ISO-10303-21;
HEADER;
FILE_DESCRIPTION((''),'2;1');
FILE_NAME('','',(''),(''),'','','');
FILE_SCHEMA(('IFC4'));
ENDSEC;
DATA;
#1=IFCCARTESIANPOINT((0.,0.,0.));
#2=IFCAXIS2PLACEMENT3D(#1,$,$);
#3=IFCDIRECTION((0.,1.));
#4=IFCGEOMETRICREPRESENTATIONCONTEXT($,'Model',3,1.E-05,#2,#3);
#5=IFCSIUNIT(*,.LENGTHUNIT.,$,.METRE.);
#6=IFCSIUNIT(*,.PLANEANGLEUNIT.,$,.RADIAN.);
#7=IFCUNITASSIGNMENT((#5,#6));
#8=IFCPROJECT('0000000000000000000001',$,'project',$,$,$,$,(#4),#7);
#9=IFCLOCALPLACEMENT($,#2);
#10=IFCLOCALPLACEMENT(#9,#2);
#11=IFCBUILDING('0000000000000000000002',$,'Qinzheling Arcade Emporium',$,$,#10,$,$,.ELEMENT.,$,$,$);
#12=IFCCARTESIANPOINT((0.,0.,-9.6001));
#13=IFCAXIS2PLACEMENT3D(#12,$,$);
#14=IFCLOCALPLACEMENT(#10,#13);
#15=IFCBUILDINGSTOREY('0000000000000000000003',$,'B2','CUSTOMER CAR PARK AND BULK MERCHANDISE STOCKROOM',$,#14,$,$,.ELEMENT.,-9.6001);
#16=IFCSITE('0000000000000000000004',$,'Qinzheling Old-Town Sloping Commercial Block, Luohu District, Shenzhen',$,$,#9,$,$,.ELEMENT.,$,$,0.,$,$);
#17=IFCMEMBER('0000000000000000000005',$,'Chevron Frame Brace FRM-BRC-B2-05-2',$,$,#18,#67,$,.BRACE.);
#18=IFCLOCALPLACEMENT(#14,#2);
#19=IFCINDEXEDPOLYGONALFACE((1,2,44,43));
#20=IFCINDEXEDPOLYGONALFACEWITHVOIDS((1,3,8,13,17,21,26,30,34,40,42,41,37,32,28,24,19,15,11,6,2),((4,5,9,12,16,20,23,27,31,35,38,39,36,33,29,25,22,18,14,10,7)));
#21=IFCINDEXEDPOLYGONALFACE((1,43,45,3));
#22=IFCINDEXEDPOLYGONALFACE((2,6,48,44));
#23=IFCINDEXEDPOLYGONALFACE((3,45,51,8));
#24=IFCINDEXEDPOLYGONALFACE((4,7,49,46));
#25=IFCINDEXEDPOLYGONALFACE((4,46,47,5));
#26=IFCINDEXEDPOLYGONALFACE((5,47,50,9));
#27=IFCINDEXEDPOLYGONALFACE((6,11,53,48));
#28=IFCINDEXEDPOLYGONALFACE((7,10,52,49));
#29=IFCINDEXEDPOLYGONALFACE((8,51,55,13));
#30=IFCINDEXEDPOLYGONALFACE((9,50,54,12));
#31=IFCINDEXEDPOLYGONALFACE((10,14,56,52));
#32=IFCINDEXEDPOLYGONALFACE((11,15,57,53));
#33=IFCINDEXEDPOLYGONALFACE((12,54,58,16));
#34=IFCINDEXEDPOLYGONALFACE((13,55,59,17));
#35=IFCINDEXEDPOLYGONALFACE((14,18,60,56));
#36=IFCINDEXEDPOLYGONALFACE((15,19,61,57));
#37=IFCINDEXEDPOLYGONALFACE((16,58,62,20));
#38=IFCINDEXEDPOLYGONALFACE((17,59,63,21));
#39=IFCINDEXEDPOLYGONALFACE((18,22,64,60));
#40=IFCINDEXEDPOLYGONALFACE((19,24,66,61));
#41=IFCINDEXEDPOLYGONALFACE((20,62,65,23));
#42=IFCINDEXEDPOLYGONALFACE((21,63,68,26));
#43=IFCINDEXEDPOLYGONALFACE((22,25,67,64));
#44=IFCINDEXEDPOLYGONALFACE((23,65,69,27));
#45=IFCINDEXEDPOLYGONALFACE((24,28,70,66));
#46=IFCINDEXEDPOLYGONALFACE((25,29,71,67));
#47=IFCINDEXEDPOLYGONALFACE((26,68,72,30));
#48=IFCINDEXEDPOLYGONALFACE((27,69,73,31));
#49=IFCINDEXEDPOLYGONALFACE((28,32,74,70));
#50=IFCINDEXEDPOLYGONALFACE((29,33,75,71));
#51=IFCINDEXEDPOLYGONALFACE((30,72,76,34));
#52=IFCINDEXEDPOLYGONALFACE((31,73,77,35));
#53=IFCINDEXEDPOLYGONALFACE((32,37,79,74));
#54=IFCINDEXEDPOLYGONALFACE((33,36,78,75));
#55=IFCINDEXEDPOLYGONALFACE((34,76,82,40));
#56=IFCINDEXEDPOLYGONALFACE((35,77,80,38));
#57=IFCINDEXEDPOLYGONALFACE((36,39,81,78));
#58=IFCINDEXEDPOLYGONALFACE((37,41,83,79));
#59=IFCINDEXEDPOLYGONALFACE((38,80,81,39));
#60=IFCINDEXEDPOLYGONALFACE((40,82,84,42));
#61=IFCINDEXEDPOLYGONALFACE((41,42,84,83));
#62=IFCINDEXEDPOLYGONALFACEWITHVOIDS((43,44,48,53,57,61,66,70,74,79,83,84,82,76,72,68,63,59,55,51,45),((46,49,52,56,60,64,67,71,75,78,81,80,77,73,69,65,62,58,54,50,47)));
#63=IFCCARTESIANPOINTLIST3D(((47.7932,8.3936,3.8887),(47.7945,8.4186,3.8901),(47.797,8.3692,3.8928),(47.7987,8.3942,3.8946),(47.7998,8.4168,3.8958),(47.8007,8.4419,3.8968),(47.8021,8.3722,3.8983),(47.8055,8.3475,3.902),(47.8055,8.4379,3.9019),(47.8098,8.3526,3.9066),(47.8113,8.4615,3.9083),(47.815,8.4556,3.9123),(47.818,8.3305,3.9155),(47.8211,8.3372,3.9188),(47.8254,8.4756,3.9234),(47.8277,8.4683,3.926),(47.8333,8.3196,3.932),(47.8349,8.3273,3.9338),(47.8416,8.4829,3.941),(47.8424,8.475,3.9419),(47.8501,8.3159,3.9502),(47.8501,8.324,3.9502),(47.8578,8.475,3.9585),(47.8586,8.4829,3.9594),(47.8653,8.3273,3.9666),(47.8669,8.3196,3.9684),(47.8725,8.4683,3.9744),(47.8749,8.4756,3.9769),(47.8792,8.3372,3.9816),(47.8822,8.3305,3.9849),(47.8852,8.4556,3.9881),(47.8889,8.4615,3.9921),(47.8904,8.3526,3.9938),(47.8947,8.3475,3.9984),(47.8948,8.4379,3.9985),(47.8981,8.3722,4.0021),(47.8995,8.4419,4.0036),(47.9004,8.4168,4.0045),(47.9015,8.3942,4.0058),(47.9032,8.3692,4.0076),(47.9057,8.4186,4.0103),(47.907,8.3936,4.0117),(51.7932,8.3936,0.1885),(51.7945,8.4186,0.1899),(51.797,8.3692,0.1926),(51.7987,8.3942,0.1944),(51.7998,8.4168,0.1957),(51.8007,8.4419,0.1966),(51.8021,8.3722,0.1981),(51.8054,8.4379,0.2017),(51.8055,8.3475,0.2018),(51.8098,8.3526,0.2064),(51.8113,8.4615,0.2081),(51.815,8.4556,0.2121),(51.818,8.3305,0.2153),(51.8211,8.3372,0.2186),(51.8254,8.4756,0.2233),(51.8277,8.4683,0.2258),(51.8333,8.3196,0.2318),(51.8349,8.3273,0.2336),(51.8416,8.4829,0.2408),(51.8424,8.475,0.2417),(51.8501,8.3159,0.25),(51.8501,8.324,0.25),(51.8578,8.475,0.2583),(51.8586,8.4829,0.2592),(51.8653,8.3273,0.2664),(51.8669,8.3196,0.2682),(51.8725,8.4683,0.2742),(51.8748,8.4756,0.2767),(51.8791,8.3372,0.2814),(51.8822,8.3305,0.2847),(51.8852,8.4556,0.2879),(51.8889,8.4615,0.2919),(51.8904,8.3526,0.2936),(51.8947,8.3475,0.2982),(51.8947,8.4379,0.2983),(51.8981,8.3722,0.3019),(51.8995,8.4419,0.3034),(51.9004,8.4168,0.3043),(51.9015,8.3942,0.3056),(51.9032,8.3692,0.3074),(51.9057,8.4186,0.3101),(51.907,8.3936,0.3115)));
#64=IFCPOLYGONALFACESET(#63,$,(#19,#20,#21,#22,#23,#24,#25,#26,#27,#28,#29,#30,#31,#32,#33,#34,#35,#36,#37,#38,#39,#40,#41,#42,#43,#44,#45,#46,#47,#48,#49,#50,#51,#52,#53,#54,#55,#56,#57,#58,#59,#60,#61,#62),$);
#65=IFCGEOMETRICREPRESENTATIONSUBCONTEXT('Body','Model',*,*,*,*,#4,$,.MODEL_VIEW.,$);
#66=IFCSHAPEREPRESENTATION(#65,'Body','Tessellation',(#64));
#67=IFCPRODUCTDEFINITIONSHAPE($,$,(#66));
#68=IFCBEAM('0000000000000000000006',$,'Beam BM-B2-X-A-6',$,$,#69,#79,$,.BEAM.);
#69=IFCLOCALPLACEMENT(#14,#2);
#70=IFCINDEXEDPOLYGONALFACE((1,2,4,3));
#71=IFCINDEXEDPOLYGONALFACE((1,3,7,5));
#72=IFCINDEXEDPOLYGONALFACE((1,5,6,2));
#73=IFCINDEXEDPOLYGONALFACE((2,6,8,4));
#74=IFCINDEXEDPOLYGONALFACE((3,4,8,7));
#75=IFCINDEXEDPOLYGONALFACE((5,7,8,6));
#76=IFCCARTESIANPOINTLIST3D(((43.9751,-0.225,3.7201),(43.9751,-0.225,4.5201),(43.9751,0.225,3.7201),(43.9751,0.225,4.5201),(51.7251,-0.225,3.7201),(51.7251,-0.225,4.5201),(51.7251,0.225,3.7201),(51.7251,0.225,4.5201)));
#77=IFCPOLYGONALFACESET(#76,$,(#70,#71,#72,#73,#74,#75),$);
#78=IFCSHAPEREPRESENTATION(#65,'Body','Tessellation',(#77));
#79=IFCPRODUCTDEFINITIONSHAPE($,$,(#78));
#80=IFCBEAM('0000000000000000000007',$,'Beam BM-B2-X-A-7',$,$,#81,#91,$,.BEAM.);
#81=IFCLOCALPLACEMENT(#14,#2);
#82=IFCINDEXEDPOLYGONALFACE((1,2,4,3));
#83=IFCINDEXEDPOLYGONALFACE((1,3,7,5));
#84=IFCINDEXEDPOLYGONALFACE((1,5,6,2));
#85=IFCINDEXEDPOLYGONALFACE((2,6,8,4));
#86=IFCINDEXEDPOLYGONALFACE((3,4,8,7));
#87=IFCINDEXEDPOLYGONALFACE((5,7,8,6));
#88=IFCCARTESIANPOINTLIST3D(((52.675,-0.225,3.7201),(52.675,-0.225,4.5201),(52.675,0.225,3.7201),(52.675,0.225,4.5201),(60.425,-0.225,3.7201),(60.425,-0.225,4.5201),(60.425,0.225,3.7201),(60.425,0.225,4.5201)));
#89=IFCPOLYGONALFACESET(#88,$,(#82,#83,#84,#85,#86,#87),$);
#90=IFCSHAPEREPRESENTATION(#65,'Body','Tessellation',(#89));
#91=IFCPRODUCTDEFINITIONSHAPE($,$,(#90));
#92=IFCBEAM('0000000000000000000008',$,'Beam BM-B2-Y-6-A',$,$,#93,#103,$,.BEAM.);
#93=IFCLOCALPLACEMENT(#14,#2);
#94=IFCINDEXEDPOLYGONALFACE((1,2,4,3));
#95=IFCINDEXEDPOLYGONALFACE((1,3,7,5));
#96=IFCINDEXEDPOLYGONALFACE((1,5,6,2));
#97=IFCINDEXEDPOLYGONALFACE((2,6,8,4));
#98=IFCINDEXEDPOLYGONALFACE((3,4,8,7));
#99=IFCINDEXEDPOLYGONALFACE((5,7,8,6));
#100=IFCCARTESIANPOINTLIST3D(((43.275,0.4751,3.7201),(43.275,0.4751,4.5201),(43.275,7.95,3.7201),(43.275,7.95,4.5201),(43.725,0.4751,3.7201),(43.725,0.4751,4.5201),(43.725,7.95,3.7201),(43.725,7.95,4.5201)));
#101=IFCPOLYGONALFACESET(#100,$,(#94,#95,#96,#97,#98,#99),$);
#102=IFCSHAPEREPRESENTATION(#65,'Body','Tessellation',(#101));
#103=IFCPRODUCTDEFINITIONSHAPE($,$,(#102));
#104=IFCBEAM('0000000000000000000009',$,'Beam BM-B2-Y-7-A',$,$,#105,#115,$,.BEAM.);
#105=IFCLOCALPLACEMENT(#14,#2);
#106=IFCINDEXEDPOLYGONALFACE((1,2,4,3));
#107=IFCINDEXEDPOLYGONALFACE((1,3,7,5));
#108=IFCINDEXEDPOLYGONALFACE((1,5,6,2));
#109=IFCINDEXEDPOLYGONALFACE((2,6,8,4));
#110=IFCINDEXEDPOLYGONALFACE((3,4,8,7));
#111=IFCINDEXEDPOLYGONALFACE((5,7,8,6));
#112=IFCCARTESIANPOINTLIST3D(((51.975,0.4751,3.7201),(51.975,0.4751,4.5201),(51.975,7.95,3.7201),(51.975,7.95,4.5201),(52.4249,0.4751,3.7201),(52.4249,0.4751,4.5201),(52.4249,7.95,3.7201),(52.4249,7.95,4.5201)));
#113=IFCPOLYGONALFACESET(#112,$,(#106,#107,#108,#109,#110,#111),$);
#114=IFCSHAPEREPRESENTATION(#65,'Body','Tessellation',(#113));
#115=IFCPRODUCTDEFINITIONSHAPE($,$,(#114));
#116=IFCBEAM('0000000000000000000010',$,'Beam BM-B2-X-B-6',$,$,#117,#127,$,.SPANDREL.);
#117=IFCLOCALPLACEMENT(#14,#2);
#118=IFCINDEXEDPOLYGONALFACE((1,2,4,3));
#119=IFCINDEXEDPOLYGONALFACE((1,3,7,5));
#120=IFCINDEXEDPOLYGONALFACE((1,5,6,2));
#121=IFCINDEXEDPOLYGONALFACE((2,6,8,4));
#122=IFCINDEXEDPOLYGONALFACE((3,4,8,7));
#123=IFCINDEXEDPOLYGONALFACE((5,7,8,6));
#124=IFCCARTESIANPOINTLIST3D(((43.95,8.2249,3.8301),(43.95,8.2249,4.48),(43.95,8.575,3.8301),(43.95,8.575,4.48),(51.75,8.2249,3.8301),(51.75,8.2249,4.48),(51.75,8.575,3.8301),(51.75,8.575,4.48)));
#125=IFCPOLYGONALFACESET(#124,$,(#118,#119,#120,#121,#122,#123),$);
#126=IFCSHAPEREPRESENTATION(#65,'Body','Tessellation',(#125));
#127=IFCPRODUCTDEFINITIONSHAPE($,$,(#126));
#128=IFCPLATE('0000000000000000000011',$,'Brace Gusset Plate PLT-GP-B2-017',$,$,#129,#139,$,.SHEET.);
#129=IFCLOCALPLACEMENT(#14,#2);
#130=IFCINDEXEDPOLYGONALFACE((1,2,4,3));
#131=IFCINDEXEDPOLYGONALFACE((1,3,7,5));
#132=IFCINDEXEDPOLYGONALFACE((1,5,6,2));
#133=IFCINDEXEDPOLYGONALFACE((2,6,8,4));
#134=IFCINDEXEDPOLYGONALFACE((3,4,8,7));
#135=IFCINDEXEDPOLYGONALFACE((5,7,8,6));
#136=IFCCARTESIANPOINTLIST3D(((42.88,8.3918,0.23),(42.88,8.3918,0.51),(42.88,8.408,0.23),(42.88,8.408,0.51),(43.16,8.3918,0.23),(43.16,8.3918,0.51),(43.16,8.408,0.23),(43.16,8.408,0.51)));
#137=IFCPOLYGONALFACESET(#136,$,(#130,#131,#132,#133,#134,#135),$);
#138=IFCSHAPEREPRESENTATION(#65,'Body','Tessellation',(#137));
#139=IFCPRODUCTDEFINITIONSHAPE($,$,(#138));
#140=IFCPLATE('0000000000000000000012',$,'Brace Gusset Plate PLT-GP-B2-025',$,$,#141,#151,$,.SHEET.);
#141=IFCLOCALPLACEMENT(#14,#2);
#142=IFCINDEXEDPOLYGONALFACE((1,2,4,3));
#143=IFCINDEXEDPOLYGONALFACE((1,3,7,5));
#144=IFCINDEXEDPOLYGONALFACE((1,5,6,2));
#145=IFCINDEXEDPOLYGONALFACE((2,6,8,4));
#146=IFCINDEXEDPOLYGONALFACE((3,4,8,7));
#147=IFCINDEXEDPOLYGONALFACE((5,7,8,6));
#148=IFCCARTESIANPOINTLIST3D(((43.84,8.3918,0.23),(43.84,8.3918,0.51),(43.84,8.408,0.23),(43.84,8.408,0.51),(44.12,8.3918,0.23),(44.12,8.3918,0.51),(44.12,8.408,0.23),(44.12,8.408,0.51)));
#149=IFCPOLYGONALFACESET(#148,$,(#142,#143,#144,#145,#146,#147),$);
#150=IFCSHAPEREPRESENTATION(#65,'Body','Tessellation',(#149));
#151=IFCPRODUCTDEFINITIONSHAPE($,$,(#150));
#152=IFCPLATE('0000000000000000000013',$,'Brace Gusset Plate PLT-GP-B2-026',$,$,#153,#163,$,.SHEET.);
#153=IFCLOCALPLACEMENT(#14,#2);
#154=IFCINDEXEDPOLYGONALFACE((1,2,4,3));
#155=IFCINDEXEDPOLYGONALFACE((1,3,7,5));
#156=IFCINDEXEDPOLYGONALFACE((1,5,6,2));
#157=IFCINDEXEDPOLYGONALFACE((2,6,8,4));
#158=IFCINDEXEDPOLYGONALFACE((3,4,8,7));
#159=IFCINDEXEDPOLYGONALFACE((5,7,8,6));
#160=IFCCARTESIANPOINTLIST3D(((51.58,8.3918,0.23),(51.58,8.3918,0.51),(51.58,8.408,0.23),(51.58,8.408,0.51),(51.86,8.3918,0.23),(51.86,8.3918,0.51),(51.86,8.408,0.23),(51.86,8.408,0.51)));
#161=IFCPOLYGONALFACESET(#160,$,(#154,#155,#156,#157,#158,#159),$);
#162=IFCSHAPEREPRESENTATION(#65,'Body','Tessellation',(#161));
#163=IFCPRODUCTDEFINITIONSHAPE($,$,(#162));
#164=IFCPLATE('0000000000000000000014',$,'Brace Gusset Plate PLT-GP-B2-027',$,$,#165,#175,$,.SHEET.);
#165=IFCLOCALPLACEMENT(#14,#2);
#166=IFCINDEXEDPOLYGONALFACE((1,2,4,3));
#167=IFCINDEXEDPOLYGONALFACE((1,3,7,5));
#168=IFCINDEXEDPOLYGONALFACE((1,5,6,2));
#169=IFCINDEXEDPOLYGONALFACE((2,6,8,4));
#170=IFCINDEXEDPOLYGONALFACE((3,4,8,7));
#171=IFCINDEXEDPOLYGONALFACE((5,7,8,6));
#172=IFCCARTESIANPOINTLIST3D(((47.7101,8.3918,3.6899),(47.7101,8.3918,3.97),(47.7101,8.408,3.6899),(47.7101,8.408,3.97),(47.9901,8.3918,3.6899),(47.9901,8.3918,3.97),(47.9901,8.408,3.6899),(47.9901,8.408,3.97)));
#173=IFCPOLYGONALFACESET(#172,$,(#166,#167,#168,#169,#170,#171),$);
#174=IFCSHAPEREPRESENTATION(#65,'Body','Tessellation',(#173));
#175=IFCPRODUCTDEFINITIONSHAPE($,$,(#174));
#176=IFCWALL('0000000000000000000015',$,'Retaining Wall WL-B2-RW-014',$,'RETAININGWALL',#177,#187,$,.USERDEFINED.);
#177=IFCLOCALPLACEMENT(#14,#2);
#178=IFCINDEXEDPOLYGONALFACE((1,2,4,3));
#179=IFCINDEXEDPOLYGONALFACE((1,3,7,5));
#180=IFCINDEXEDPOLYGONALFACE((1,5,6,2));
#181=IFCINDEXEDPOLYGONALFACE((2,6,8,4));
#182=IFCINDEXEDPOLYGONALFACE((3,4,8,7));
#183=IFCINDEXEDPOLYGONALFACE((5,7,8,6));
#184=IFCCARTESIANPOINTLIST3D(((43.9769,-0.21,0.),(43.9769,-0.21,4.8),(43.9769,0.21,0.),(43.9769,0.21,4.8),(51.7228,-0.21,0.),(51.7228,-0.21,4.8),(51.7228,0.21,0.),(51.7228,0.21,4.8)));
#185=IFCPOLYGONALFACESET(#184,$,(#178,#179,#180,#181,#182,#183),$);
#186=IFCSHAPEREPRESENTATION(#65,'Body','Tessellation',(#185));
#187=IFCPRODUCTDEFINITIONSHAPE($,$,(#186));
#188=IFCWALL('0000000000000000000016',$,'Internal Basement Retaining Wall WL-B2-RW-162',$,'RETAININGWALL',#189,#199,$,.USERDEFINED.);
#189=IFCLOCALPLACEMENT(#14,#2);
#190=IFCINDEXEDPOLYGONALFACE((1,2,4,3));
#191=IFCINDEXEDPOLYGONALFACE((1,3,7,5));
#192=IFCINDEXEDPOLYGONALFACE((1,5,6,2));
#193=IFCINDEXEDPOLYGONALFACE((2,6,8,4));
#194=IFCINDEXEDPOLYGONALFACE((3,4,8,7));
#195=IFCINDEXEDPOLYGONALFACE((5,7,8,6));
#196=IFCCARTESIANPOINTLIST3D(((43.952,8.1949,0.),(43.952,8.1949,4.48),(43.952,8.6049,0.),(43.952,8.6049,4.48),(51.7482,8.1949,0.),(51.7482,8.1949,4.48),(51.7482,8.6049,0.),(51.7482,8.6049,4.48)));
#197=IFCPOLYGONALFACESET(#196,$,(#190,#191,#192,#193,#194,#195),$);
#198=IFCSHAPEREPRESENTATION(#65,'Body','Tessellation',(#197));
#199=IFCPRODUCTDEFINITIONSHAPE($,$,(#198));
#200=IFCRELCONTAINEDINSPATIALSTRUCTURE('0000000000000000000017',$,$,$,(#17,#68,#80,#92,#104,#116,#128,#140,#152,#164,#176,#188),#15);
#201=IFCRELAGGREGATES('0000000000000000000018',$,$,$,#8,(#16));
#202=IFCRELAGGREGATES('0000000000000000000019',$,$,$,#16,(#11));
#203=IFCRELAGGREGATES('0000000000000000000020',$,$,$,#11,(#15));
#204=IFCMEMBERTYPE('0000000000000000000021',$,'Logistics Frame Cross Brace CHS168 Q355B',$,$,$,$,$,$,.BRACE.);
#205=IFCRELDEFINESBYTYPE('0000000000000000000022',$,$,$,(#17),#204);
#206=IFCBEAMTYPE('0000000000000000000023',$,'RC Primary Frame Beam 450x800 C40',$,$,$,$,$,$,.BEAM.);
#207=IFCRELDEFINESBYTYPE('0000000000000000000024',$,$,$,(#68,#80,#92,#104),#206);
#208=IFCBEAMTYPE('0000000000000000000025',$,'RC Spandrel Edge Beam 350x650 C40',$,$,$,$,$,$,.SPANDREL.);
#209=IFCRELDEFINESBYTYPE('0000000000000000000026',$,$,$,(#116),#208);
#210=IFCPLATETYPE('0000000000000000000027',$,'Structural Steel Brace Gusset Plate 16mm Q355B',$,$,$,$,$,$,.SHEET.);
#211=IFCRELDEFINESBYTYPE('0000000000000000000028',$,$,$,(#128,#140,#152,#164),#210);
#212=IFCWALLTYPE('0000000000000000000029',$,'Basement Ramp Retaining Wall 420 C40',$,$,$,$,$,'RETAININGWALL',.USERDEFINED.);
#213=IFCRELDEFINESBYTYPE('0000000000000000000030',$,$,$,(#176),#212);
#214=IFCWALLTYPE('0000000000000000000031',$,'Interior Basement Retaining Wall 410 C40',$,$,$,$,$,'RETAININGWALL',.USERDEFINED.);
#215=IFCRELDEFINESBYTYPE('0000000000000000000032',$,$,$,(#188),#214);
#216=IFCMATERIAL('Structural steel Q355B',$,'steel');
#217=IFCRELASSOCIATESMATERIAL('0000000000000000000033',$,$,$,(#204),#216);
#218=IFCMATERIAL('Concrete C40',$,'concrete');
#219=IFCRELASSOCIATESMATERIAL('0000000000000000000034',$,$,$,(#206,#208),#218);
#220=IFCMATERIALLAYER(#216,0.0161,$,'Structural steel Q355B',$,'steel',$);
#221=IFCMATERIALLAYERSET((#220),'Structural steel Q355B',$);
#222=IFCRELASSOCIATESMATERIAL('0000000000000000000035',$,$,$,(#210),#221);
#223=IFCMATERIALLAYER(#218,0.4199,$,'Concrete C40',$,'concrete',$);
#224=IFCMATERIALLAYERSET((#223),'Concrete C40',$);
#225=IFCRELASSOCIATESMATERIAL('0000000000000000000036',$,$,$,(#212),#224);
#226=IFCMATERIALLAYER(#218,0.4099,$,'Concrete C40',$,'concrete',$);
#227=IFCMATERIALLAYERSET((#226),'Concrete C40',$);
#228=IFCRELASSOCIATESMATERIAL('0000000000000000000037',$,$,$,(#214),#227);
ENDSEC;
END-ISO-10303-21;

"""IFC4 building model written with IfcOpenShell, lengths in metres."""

from ifc_helpers import new_model, si_unit, direction, frame, frame_2d, origin, origin_2d, place, context, subcontext, project, spatial, rectangle, hollow_circle, extrude, material, layer, layer_set, material_profile, profile_set, type_object, element, save


model = new_model("IFC4")

# Units and contexts
model_context = context("Model", 3, precision=1e-05, world=origin(), true_north=direction((0.0, 1.0)))
body_context = subcontext(model_context, "Body", "Model", "MODEL_VIEW")
ifc_project = project(units=[si_unit("LENGTHUNIT", "METRE"), si_unit("PLANEANGLEUNIT", "RADIAN")], contexts=[model_context])

# Site, building, storey
site_placement = place(None, origin())
site = spatial("IfcSite", under=ifc_project, at=site_placement, Name="Qinzheling Old-Town Sloping Commercial Block, Luohu District, Shenzhen", CompositionType="ELEMENT", RefElevation=0.0)
building_placement = place(site_placement, origin())
building = spatial("IfcBuilding", under=site, at=building_placement, Name="Qinzheling Arcade Emporium", CompositionType="ELEMENT")
storey_placement = place(building_placement, frame((0.0, 0.0, -9.6001)))
storey = spatial("IfcBuildingStorey", under=building, at=storey_placement, Name="B2", Description="CUSTOMER CAR PARK AND BULK MERCHANDISE STOCKROOM", CompositionType="ELEMENT", Elevation=-9.6001)

# Shared definitions
ifc_material_1 = material(Name="Concrete C40", Category="concrete")

# Member
ifc_material_2 = material(Name="Structural steel Q355B", Category="steel")
ifc_material_profile_1 = material_profile(ifc_material_2, hollow_circle(Radius=0.084, WallThickness=0.0081, at=origin_2d()), Name="CHS 168x8", Category="steel")
ifc_profile_set_1 = profile_set([ifc_material_profile_1], Name="Structural steel Q355B")
member_type_1 = type_object("IfcMemberType", Name="Logistics Frame Cross Brace CHS168 Q355B", PredefinedType="BRACE", material=ifc_profile_set_1)
for number, where, z_axis, x_axis, name in (
    (1, (51.8501, 8.3999, 0.25), (-0.734082, 0.0, 0.679061), (0.0, -1.0, 0.0), "Chevron Frame Brace FRM-BRC-B2-05-2"),
):
    element("IfcMember", number, at=place(storey_placement, frame(where, z_axis=z_axis, x_axis=x_axis)), inside=storey, type_object=member_type_1, Name=name, PredefinedType="BRACE", context=body_context, shape_type="SweptSolid", body=[
        extrude(hollow_circle(Radius=0.084, WallThickness=0.0081, at=origin_2d()), origin(), (0.0, 0.0, 1.0), 5.449),
    ])

# Beams
ifc_material_profile_2 = material_profile(ifc_material_1, rectangle(XDim=0.45, YDim=0.8, at=origin_2d()), Name="RC 450x800", Category="concrete")
ifc_profile_set_2 = profile_set([ifc_material_profile_2], Name="Concrete C40")
beam_type_1 = type_object("IfcBeamType", Name="RC Primary Frame Beam 450x800 C40", PredefinedType="BEAM", material=ifc_profile_set_2)
for number, where, z_axis, x_axis, name in (
    (2, (43.9751, 0.0, 4.1201), (1.0, 0.0, 0.0), (0.0, 1.0, 0.0), "Beam BM-B2-X-A-6"),
    (3, (52.675, 0.0, 4.1201), (1.0, 0.0, 0.0), (0.0, 1.0, 0.0), "Beam BM-B2-X-A-7"),
):
    element("IfcBeam", number, at=place(storey_placement, frame(where, z_axis=z_axis, x_axis=x_axis)), inside=storey, type_object=beam_type_1, Name=name, PredefinedType="BEAM", context=body_context, shape_type="SweptSolid", body=[
        extrude(rectangle(XDim=0.45, YDim=0.8, at=origin_2d()), origin(), (0.0, 0.0, 1.0), 7.75),
    ])
for number, where, z_axis, x_axis, name in (
    (4, (43.5, 0.4751, 4.1201), (0.0, 1.0, 0.0), (-1.0, 0.0, 0.0), "Beam BM-B2-Y-6-A"),
    (5, (52.2, 0.4751, 4.1201), (0.0, 1.0, 0.0), (-1.0, 0.0, 0.0), "Beam BM-B2-Y-7-A"),
):
    element("IfcBeam", number, at=place(storey_placement, frame(where, z_axis=z_axis, x_axis=x_axis)), inside=storey, type_object=beam_type_1, Name=name, PredefinedType="BEAM", context=body_context, shape_type="SweptSolid", body=[
        extrude(rectangle(XDim=0.45, YDim=0.8, at=origin_2d()), origin(), (0.0, 0.0, 1.0), 7.4749),
    ])
ifc_material_profile_3 = material_profile(ifc_material_1, rectangle(XDim=0.3501, YDim=0.6499, at=origin_2d()), Name="RC 350x650", Category="concrete")
ifc_profile_set_3 = profile_set([ifc_material_profile_3], Name="Concrete C40")
beam_type_2 = type_object("IfcBeamType", Name="RC Spandrel Edge Beam 350x650 C40", PredefinedType="SPANDREL", material=ifc_profile_set_3)
beam_placement = place(storey_placement, frame((43.95, 8.3999, 4.155), z_axis=(1.0, 0.0, 0.0), x_axis=(0.0, 1.0, 0.0)))
element("IfcBeam", 6, at=beam_placement, inside=storey, type_object=beam_type_2, Name="Beam BM-B2-X-B-6", PredefinedType="SPANDREL", context=body_context, shape_type="SweptSolid", body=[
    extrude(rectangle(XDim=0.3501, YDim=0.6499, at=origin_2d()), origin(), (0.0, 0.0, 1.0), 7.8),
])

# Plates
ifc_layer_1 = layer(ifc_material_2, 0.0161, Name="Structural steel Q355B", Category="steel")
ifc_layer_set_1 = layer_set([ifc_layer_1], Name="Structural steel Q355B")
plate_type = type_object("IfcPlateType", Name="Structural Steel Brace Gusset Plate 16mm Q355B", PredefinedType="SHEET", material=ifc_layer_set_1)
for number, where, z_axis, x_axis, name in (
    (7, (43.02, 8.3999, 0.23), (0.0, 0.0, 1.0), (1.0, 0.0, 0.0), "Brace Gusset Plate PLT-GP-B2-017"),
    (8, (43.98, 8.3999, 0.23), (0.0, 0.0, 1.0), (1.0, 0.0, 0.0), "Brace Gusset Plate PLT-GP-B2-025"),
    (9, (51.72, 8.3999, 0.23), (0.0, 0.0, 1.0), (1.0, 0.0, 0.0), "Brace Gusset Plate PLT-GP-B2-026"),
    (10, (47.8501, 8.3999, 3.6899), (0.0, 0.0, 1.0), (1.0, 0.0, 0.0), "Brace Gusset Plate PLT-GP-B2-027"),
):
    element("IfcPlate", number, at=place(storey_placement, frame(where, z_axis=z_axis, x_axis=x_axis)), inside=storey, type_object=plate_type, Name=name, PredefinedType="SHEET", context=body_context, shape_type="SweptSolid", body=[
        extrude(rectangle(XDim=0.28, YDim=0.0161, at=origin_2d()), origin(), (0.0, 0.0, 1.0), 0.28),
    ])

# Walls
ifc_layer_2 = layer(ifc_material_1, 0.4199, Name="Concrete C40", Category="concrete")
ifc_layer_set_2 = layer_set([ifc_layer_2], Name="Concrete C40")
wall_type_1 = type_object("IfcWallType", Name="Basement Ramp Retaining Wall 420 C40", ElementType="RETAININGWALL", PredefinedType="USERDEFINED", material=ifc_layer_set_2)
wall_1_placement = place(storey_placement, frame((51.7229, 0.0, 0.0), z_axis=(0.0, 0.0, 1.0), x_axis=(-1.0, 0.0, 0.0)))
element("IfcWall", 11, at=wall_1_placement, inside=storey, type_object=wall_type_1, Name="Retaining Wall WL-B2-RW-014", ObjectType="RETAININGWALL", PredefinedType="USERDEFINED", context=body_context, shape_type="SweptSolid", body=[
    extrude(rectangle(XDim=7.7458, YDim=0.4199, at=frame_2d((3.873, 0.0))), origin(), (0.0, 0.0, 1.0), 4.8),
])
ifc_layer_3 = layer(ifc_material_1, 0.4099, Name="Concrete C40", Category="concrete")
ifc_layer_set_3 = layer_set([ifc_layer_3], Name="Concrete C40")
wall_type_2 = type_object("IfcWallType", Name="Interior Basement Retaining Wall 410 C40", ElementType="RETAININGWALL", PredefinedType="USERDEFINED", material=ifc_layer_set_3)
for number, where, z_axis, x_axis, name in (
    (12, (51.748, 8.3999, 0.0), (0.0, 0.0, 1.0), (-1.0, 0.0, 0.0), "Internal Basement Retaining Wall WL-B2-RW-162"),
):
    element("IfcWall", number, at=place(storey_placement, frame(where, z_axis=z_axis, x_axis=x_axis)), inside=storey, type_object=wall_type_2, Name=name, ObjectType="RETAININGWALL", PredefinedType="USERDEFINED", context=body_context, shape_type="SweptSolid", body=[
        extrude(rectangle(XDim=7.7961, YDim=0.4099, at=frame_2d((3.8979, 0.0))), origin(), (0.0, 0.0, 1.0), 4.48),
    ])

save(model, "model.ifc")
